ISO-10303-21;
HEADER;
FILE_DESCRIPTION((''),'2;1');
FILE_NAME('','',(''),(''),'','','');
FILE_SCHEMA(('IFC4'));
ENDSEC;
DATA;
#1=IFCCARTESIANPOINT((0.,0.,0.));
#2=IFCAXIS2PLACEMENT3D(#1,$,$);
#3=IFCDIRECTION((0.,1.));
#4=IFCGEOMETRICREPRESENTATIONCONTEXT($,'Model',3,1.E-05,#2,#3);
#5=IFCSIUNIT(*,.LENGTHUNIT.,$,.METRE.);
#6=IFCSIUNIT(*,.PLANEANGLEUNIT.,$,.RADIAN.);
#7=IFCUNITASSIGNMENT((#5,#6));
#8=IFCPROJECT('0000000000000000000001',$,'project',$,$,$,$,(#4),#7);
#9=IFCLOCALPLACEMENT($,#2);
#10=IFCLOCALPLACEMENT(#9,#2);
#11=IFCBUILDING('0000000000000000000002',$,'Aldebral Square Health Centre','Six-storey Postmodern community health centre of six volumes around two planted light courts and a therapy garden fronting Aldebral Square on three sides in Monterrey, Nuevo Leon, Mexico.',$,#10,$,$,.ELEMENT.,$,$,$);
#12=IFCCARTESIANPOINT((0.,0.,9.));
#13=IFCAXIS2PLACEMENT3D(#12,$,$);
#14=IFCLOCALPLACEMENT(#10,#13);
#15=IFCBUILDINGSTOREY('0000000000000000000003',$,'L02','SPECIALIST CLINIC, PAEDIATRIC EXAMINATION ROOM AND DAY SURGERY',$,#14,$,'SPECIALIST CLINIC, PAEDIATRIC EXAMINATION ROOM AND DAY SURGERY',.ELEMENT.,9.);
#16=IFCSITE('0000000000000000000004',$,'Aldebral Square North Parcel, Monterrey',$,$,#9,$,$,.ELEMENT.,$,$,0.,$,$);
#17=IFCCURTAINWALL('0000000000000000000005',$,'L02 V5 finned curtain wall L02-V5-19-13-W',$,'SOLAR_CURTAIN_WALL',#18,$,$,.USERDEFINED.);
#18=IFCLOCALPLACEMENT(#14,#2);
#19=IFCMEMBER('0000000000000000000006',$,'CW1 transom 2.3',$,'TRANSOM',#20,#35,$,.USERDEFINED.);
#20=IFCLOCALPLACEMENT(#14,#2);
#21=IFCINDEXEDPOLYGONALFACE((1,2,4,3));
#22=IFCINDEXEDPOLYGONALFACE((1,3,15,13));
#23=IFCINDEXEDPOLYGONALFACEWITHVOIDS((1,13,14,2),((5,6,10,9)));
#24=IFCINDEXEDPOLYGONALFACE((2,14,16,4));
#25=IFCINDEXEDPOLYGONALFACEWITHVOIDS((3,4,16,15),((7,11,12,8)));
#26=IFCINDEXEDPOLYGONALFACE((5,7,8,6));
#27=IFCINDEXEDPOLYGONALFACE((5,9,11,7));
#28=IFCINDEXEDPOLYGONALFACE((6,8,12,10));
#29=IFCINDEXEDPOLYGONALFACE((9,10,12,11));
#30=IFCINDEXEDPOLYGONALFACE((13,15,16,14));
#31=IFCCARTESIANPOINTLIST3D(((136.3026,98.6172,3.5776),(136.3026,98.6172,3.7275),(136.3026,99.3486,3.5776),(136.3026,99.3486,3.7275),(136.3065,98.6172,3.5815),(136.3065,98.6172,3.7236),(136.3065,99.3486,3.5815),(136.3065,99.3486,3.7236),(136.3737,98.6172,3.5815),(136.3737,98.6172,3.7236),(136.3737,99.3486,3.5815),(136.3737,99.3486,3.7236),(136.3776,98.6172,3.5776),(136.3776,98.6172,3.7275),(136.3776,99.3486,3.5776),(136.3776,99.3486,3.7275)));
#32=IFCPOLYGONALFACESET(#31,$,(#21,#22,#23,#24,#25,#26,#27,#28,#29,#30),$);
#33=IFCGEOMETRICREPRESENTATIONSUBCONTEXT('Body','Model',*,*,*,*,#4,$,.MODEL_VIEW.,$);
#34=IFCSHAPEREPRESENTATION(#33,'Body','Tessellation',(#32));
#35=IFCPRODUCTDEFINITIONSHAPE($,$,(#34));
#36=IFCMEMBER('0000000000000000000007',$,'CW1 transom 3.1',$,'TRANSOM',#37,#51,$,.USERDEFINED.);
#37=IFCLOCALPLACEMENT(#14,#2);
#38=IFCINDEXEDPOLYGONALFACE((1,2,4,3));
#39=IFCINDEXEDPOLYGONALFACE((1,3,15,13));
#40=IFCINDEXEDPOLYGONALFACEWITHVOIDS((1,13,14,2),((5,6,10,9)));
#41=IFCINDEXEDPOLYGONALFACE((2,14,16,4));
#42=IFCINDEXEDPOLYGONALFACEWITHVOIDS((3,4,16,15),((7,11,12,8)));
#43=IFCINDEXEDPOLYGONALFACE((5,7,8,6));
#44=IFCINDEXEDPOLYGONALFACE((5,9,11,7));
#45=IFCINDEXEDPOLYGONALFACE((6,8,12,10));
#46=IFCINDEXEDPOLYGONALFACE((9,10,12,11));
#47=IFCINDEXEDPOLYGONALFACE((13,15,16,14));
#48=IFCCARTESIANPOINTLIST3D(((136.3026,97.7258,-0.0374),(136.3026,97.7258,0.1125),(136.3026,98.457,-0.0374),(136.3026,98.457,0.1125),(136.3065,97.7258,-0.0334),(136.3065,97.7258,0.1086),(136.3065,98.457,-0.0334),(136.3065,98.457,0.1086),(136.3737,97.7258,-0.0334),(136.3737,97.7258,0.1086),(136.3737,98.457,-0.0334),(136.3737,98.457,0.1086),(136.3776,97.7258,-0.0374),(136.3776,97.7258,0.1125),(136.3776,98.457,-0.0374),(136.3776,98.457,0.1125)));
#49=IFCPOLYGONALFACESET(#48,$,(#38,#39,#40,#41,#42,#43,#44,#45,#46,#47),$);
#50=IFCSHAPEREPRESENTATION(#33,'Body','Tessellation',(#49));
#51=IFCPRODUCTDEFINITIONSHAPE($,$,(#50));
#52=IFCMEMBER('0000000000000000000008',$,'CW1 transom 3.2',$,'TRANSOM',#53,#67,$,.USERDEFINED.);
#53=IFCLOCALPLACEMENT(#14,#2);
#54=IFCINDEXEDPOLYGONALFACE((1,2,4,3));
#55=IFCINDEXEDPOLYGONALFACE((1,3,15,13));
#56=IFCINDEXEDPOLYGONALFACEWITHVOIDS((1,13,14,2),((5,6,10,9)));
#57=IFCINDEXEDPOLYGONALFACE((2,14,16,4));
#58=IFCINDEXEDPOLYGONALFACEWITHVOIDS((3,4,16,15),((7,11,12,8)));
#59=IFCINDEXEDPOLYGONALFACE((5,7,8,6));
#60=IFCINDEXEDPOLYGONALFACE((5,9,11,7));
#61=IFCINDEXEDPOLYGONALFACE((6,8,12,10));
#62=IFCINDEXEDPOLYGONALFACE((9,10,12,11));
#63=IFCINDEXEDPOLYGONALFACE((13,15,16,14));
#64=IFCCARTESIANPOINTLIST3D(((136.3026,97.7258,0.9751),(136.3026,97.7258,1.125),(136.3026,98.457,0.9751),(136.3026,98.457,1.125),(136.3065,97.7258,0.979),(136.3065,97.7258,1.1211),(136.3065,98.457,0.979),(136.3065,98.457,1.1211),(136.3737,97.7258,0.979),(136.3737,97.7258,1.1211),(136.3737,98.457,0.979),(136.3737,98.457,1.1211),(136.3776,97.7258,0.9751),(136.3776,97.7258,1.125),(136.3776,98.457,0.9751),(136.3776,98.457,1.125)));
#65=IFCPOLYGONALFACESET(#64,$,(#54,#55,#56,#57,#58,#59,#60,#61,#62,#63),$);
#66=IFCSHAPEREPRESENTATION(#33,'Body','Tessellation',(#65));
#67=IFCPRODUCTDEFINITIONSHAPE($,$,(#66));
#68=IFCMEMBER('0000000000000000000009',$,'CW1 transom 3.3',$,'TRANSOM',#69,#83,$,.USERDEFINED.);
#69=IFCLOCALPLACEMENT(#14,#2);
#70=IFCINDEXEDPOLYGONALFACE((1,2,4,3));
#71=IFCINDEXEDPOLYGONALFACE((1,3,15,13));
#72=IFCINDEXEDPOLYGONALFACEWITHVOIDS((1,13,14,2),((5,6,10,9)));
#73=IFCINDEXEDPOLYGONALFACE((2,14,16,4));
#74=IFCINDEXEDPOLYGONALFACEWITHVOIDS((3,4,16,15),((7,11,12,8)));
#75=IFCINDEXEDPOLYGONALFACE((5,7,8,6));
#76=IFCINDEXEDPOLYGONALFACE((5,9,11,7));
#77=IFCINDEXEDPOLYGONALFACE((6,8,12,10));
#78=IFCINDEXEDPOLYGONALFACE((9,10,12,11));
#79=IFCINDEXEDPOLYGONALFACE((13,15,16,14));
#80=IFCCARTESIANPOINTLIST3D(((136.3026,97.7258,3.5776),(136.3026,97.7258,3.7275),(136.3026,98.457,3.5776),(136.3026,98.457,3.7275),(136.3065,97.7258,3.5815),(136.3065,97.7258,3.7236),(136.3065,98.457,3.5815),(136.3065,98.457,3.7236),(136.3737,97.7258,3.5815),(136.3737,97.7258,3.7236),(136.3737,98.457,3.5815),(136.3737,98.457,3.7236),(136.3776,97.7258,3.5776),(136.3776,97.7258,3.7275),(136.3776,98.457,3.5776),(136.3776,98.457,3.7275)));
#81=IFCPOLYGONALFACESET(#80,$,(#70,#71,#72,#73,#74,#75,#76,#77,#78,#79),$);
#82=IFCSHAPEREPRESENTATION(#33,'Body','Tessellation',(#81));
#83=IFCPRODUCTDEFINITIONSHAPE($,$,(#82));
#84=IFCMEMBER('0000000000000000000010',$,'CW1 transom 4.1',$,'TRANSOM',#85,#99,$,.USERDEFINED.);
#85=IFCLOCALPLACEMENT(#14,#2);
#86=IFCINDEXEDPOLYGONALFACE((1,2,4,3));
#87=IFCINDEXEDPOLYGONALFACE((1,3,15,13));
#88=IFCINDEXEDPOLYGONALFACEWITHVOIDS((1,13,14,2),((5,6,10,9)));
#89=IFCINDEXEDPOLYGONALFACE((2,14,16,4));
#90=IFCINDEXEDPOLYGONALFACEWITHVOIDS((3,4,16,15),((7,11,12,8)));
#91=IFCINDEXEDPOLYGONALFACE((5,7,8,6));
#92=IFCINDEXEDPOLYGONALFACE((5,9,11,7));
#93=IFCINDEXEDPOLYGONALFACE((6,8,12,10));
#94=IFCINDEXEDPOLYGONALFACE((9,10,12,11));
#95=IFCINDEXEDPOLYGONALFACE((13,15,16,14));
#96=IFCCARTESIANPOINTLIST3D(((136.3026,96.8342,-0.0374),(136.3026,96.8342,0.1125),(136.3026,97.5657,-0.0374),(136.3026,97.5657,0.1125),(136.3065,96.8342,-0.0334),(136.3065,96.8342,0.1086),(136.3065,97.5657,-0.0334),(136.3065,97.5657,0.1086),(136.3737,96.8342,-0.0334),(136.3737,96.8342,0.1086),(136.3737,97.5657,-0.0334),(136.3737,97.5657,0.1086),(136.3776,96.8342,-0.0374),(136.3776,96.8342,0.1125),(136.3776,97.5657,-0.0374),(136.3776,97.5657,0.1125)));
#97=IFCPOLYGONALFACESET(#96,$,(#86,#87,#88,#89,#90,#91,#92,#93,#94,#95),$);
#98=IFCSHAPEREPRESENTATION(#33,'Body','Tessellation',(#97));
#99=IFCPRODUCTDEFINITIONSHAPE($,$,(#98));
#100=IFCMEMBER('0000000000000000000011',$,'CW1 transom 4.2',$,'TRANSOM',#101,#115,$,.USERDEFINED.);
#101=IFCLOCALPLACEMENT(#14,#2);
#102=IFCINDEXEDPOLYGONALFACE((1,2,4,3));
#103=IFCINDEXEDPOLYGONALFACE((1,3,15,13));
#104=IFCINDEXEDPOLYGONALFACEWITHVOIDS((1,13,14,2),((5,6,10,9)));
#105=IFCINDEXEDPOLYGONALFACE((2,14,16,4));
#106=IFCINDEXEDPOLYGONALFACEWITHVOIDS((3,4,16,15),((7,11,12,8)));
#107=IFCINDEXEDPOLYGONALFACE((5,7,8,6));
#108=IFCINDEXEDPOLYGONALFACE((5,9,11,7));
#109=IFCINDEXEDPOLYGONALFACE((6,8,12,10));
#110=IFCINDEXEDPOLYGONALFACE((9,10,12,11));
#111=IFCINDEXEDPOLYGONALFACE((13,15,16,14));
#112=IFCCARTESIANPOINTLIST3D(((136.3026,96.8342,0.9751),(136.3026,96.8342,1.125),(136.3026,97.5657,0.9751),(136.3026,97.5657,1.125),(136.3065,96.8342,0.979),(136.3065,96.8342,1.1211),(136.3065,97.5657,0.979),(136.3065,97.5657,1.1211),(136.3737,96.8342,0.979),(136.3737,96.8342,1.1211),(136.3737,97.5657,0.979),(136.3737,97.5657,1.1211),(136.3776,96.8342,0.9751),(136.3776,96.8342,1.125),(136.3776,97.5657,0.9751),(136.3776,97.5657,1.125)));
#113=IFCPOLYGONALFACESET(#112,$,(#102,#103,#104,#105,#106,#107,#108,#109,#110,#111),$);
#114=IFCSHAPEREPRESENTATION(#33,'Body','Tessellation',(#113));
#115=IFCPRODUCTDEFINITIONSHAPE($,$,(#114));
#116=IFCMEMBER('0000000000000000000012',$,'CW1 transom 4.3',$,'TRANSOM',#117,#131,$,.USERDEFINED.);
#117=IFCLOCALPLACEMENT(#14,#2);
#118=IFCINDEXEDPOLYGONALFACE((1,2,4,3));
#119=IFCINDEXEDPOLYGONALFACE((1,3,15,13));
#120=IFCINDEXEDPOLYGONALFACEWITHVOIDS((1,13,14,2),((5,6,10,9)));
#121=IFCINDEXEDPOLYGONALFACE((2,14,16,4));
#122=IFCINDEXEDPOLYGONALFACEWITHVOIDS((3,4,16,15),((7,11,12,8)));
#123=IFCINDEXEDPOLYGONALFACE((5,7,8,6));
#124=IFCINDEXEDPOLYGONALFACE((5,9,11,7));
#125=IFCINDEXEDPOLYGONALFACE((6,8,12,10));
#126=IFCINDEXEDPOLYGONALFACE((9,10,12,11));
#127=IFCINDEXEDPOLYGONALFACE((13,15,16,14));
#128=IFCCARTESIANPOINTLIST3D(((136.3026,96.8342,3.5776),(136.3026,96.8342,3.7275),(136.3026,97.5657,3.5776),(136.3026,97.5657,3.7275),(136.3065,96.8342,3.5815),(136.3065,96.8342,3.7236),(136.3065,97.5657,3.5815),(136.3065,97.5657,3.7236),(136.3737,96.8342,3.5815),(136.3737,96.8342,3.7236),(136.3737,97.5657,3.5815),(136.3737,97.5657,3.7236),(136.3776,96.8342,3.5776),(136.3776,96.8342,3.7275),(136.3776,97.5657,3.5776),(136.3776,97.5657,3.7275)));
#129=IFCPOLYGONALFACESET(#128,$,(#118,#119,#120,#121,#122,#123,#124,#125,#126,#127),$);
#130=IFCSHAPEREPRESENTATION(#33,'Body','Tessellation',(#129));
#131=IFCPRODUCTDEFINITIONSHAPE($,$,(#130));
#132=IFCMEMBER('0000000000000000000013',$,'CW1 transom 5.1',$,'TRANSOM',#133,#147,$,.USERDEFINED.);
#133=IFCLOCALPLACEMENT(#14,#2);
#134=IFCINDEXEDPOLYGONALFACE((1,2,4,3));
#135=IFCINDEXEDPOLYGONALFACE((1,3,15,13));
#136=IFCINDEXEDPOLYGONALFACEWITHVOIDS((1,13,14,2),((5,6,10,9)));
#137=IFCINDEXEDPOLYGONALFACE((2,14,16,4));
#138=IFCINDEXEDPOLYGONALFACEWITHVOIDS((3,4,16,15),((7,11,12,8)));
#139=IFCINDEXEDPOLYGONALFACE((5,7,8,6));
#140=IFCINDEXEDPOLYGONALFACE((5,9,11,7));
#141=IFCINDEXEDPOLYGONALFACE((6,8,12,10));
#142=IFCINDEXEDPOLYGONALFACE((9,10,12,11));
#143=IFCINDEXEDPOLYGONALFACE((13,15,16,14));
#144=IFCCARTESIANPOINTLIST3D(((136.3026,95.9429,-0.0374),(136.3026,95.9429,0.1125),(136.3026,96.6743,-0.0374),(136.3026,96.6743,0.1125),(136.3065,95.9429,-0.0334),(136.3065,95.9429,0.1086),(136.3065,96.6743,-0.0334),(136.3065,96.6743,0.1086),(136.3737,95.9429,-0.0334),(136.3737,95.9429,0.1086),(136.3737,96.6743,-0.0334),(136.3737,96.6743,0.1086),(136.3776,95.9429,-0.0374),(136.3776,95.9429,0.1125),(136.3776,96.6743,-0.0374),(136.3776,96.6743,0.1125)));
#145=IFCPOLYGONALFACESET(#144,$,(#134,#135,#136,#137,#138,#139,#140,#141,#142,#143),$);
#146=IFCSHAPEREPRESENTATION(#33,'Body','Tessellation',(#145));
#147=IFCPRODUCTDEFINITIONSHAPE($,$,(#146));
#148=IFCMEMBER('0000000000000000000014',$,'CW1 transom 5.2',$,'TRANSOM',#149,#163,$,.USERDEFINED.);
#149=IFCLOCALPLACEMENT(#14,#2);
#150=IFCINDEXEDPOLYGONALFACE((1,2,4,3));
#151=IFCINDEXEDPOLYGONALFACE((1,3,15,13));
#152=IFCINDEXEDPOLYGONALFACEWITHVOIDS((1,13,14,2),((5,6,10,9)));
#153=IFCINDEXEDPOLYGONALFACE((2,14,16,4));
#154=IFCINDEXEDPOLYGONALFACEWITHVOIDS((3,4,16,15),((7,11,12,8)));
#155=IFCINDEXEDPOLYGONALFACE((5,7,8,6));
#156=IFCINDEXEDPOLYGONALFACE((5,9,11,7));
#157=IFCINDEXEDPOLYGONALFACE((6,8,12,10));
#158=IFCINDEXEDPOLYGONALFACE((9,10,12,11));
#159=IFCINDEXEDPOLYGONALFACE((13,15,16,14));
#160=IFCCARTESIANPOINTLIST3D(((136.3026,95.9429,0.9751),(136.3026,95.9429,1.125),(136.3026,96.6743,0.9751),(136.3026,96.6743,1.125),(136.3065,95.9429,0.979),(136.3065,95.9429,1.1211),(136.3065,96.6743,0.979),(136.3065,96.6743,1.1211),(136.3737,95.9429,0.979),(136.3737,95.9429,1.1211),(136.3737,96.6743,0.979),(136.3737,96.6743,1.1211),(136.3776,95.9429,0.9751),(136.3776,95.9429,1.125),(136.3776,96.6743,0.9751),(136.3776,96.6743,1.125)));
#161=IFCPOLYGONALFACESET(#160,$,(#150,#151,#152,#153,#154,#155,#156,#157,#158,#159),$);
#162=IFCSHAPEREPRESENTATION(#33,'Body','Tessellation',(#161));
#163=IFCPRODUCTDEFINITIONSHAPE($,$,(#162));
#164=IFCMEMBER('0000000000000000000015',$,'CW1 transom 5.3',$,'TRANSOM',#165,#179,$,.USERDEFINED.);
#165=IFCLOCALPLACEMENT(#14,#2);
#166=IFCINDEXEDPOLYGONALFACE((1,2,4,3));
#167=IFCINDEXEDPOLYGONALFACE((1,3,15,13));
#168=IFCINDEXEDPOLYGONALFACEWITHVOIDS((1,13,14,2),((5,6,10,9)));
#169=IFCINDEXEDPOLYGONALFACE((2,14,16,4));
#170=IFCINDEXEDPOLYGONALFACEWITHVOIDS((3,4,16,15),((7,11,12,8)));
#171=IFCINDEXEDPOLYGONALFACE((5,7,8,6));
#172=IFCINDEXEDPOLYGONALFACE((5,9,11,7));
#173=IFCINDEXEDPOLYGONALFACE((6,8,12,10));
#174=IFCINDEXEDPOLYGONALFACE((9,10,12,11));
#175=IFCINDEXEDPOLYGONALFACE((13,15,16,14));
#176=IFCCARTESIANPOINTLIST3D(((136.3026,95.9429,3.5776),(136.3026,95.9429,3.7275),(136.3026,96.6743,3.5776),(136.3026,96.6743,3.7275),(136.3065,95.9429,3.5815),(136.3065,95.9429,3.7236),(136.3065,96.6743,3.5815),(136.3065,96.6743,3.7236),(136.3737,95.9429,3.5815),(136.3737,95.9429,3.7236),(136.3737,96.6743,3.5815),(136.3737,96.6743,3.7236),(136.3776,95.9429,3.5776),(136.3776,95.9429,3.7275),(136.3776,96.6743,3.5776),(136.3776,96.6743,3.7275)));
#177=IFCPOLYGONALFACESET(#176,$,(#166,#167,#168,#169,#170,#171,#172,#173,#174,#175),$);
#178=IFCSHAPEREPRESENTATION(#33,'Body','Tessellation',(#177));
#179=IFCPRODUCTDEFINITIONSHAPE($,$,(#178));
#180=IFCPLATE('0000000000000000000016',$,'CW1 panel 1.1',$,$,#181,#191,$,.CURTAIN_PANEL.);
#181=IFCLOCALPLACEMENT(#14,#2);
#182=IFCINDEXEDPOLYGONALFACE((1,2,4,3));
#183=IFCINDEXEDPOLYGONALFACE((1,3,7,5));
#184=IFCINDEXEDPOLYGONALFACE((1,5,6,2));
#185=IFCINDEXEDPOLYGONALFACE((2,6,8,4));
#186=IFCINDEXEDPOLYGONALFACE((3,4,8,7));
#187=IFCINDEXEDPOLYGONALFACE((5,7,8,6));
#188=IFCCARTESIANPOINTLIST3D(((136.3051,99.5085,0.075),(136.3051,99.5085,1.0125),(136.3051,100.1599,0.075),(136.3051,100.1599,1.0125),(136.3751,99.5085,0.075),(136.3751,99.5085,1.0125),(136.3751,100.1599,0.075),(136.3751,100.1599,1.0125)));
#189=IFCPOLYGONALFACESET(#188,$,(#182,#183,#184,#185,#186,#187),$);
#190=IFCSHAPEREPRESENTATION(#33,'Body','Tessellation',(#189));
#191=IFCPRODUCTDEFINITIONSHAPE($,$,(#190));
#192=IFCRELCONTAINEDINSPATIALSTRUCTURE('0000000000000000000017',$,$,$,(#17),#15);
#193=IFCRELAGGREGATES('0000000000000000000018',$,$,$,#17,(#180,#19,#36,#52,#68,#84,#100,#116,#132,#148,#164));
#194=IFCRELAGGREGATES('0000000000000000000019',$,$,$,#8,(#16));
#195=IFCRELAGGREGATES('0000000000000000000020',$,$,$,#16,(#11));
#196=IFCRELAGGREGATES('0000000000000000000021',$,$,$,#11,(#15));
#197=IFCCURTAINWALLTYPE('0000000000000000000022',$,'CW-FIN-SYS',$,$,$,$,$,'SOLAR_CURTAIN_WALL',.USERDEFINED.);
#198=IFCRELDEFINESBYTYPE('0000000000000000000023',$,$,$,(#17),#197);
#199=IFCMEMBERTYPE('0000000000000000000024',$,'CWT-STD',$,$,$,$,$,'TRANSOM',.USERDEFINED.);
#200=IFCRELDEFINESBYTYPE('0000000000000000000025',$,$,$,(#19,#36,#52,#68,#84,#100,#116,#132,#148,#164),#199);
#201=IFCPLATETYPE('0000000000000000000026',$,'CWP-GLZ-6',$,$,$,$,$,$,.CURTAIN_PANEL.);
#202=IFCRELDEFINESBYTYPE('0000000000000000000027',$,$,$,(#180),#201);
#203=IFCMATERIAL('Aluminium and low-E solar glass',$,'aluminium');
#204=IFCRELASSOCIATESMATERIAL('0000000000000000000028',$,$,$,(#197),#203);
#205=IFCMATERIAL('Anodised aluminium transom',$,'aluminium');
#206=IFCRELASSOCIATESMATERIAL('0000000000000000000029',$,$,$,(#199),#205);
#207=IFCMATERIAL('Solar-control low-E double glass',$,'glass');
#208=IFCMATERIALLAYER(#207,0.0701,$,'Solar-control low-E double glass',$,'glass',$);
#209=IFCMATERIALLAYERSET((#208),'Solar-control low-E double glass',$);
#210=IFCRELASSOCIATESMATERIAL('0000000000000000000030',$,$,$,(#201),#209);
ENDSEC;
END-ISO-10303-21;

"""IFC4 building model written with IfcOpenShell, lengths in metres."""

from ifc_helpers import new_model, si_unit, direction, frame, origin, origin_2d, place, context, subcontext, project, spatial, rectangle, hollow_rectangle, extrude, material, layer, layer_set, material_profile, profile_set, type_object, element, aggregate, save


model = new_model("IFC4")

# Units and contexts
model_context = context("Model", 3, precision=1e-05, world=origin(), true_north=direction((0.0, 1.0)))
body_context = subcontext(model_context, "Body", "Model", "MODEL_VIEW")
ifc_project = project(units=[si_unit("LENGTHUNIT", "METRE"), si_unit("PLANEANGLEUNIT", "RADIAN")], contexts=[model_context])

# Site, building, storey
site_placement = place(None, origin())
site = spatial("IfcSite", under=ifc_project, at=site_placement, Name="Aldebral Square North Parcel, Monterrey", CompositionType="ELEMENT", RefElevation=0.0)
building_placement = place(site_placement, origin())
building = spatial("IfcBuilding", under=site, at=building_placement, Name="Aldebral Square Health Centre", Description="Six-storey Postmodern community health centre of six volumes around two planted light courts and a therapy garden fronting Aldebral Square on three sides in Monterrey, Nuevo Leon, Mexico.", CompositionType="ELEMENT")
storey_placement = place(building_placement, frame((0.0, 0.0, 9.0)))
storey = spatial("IfcBuildingStorey", under=building, at=storey_placement, Name="L02", Description="SPECIALIST CLINIC, PAEDIATRIC EXAMINATION ROOM AND DAY SURGERY", LongName="SPECIALIST CLINIC, PAEDIATRIC EXAMINATION ROOM AND DAY SURGERY", CompositionType="ELEMENT", Elevation=9.0)

# Shared definitions
ifc_material_1 = material(Name="Aluminium and low-E solar glass", Category="aluminium")
curtain_wall_type = type_object("IfcCurtainWallType", Name="CW-FIN-SYS", ElementType="SOLAR_CURTAIN_WALL", PredefinedType="USERDEFINED", material=ifc_material_1)

# Curtain wall, members, plate
curtain_wall_1_placement = place(storey_placement, origin())
curtain_wall_1 = element("IfcCurtainWall", 1, at=curtain_wall_1_placement, inside=storey, type_object=curtain_wall_type, Name="L02 V5 finned curtain wall L02-V5-19-13-W", ObjectType="SOLAR_CURTAIN_WALL", PredefinedType="USERDEFINED")
ifc_material_2 = material(Name="Anodised aluminium transom", Category="aluminium")
ifc_material_profile_1 = material_profile(ifc_material_2, hollow_rectangle(XDim=0.075, YDim=0.1499, WallThickness=0.0039, at=origin_2d()), Name="CWT 75x150x4")
ifc_profile_set_1 = profile_set([ifc_material_profile_1], Name="Anodised aluminium transom")
member_type_1 = type_object("IfcMemberType", Name="CWT-STD", ElementType="TRANSOM", PredefinedType="USERDEFINED", material=ifc_profile_set_1)
member_1_placement = place(storey_placement, frame((136.3401, 99.3486, 3.6526), z_axis=(0.0, -1.0, 0.0), x_axis=(1.0, 0.0, 0.0)))
member_1 = element("IfcMember", 2, at=member_1_placement, type_object=member_type_1, Name="CW1 transom 2.3", ObjectType="TRANSOM", PredefinedType="USERDEFINED", context=body_context, shape_type="SweptSolid", body=[
    extrude(hollow_rectangle(XDim=0.075, YDim=0.1499, WallThickness=0.0039, at=origin_2d()), origin(), (0.0, 0.0, 1.0), 0.7314),
])
member_2_placement = place(storey_placement, frame((136.3401, 98.457, 0.0376), z_axis=(0.0, -1.0, 0.0), x_axis=(1.0, 0.0, 0.0)))
member_2 = element("IfcMember", 3, at=member_2_placement, type_object=member_type_1, Name="CW1 transom 3.1", ObjectType="TRANSOM", PredefinedType="USERDEFINED", context=body_context, shape_type="SweptSolid", body=[
    extrude(hollow_rectangle(XDim=0.075, YDim=0.1499, WallThickness=0.0039, at=origin_2d()), origin(), (0.0, 0.0, 1.0), 0.7312),
])
member_3_placement = place(storey_placement, frame((136.3401, 98.457, 1.05), z_axis=(0.0, -1.0, 0.0), x_axis=(1.0, 0.0, 0.0)))
member_3 = element("IfcMember", 4, at=member_3_placement, type_object=member_type_1, Name="CW1 transom 3.2", ObjectType="TRANSOM", PredefinedType="USERDEFINED", context=body_context, shape_type="SweptSolid", body=[
    extrude(hollow_rectangle(XDim=0.075, YDim=0.1499, WallThickness=0.0039, at=origin_2d()), origin(), (0.0, 0.0, 1.0), 0.7312),
])
member_4_placement = place(storey_placement, frame((136.3401, 98.457, 3.6526), z_axis=(0.0, -1.0, 0.0), x_axis=(1.0, 0.0, 0.0)))
member_4 = element("IfcMember", 5, at=member_4_placement, type_object=member_type_1, Name="CW1 transom 3.3", ObjectType="TRANSOM", PredefinedType="USERDEFINED", context=body_context, shape_type="SweptSolid", body=[
    extrude(hollow_rectangle(XDim=0.075, YDim=0.1499, WallThickness=0.0039, at=origin_2d()), origin(), (0.0, 0.0, 1.0), 0.7312),
])
member_5_placement = place(storey_placement, frame((136.3401, 97.5657, 0.0376), z_axis=(0.0, -1.0, 0.0), x_axis=(1.0, 0.0, 0.0)))
member_5 = element("IfcMember", 6, at=member_5_placement, type_object=member_type_1, Name="CW1 transom 4.1", ObjectType="TRANSOM", PredefinedType="USERDEFINED", context=body_context, shape_type="SweptSolid", body=[
    extrude(hollow_rectangle(XDim=0.075, YDim=0.1499, WallThickness=0.0039, at=origin_2d()), origin(), (0.0, 0.0, 1.0), 0.7314),
])
member_6_placement = place(storey_placement, frame((136.3401, 97.5657, 1.05), z_axis=(0.0, -1.0, 0.0), x_axis=(1.0, 0.0, 0.0)))
member_6 = element("IfcMember", 7, at=member_6_placement, type_object=member_type_1, Name="CW1 transom 4.2", ObjectType="TRANSOM", PredefinedType="USERDEFINED", context=body_context, shape_type="SweptSolid", body=[
    extrude(hollow_rectangle(XDim=0.075, YDim=0.1499, WallThickness=0.0039, at=origin_2d()), origin(), (0.0, 0.0, 1.0), 0.7314),
])
member_7_placement = place(storey_placement, frame((136.3401, 97.5657, 3.6526), z_axis=(0.0, -1.0, 0.0), x_axis=(1.0, 0.0, 0.0)))
member_7 = element("IfcMember", 8, at=member_7_placement, type_object=member_type_1, Name="CW1 transom 4.3", ObjectType="TRANSOM", PredefinedType="USERDEFINED", context=body_context, shape_type="SweptSolid", body=[
    extrude(hollow_rectangle(XDim=0.075, YDim=0.1499, WallThickness=0.0039, at=origin_2d()), origin(), (0.0, 0.0, 1.0), 0.7314),
])
member_8_placement = place(storey_placement, frame((136.3401, 96.6743, 0.0376), z_axis=(0.0, -1.0, 0.0), x_axis=(1.0, 0.0, 0.0)))
member_8 = element("IfcMember", 9, at=member_8_placement, type_object=member_type_1, Name="CW1 transom 5.1", ObjectType="TRANSOM", PredefinedType="USERDEFINED", context=body_context, shape_type="SweptSolid", body=[
    extrude(hollow_rectangle(XDim=0.075, YDim=0.1499, WallThickness=0.0039, at=origin_2d()), origin(), (0.0, 0.0, 1.0), 0.7314),
])
member_9_placement = place(storey_placement, frame((136.3401, 96.6743, 1.05), z_axis=(0.0, -1.0, 0.0), x_axis=(1.0, 0.0, 0.0)))
member_9 = element("IfcMember", 10, at=member_9_placement, type_object=member_type_1, Name="CW1 transom 5.2", ObjectType="TRANSOM", PredefinedType="USERDEFINED", context=body_context, shape_type="SweptSolid", body=[
    extrude(hollow_rectangle(XDim=0.075, YDim=0.1499, WallThickness=0.0039, at=origin_2d()), origin(), (0.0, 0.0, 1.0), 0.7314),
])
member_10_placement = place(storey_placement, frame((136.3401, 96.6743, 3.6526), z_axis=(0.0, -1.0, 0.0), x_axis=(1.0, 0.0, 0.0)))
member_10 = element("IfcMember", 11, at=member_10_placement, type_object=member_type_1, Name="CW1 transom 5.3", ObjectType="TRANSOM", PredefinedType="USERDEFINED", context=body_context, shape_type="SweptSolid", body=[
    extrude(hollow_rectangle(XDim=0.075, YDim=0.1499, WallThickness=0.0039, at=origin_2d()), origin(), (0.0, 0.0, 1.0), 0.7314),
])
ifc_material_3 = material(Name="Solar-control low-E double glass", Category="glass")
ifc_layer_1 = layer(ifc_material_3, 0.0701, Name="Solar-control low-E double glass", Category="glass")
ifc_layer_set_1 = layer_set([ifc_layer_1], Name="Solar-control low-E double glass")
plate_type_1 = type_object("IfcPlateType", Name="CWP-GLZ-6", PredefinedType="CURTAIN_PANEL", material=ifc_layer_set_1)
plate_1_placement = place(storey_placement, frame((136.3401, 99.8342, 0.075), z_axis=(0.0, 0.0, 1.0), x_axis=(0.0, -1.0, 0.0)))
plate_1 = element("IfcPlate", 12, at=plate_1_placement, type_object=plate_type_1, Name="CW1 panel 1.1", PredefinedType="CURTAIN_PANEL", context=body_context, shape_type="SweptSolid", body=[
    extrude(rectangle(XDim=0.6514, YDim=0.0701, at=origin_2d()), origin(), (0.0, 0.0, 1.0), 0.9375),
])
aggregate(curtain_wall_1, [plate_1, member_1, member_2, member_3, member_4, member_5, member_6, member_7, member_8, member_9, member_10])

save(model, "model.ifc")
